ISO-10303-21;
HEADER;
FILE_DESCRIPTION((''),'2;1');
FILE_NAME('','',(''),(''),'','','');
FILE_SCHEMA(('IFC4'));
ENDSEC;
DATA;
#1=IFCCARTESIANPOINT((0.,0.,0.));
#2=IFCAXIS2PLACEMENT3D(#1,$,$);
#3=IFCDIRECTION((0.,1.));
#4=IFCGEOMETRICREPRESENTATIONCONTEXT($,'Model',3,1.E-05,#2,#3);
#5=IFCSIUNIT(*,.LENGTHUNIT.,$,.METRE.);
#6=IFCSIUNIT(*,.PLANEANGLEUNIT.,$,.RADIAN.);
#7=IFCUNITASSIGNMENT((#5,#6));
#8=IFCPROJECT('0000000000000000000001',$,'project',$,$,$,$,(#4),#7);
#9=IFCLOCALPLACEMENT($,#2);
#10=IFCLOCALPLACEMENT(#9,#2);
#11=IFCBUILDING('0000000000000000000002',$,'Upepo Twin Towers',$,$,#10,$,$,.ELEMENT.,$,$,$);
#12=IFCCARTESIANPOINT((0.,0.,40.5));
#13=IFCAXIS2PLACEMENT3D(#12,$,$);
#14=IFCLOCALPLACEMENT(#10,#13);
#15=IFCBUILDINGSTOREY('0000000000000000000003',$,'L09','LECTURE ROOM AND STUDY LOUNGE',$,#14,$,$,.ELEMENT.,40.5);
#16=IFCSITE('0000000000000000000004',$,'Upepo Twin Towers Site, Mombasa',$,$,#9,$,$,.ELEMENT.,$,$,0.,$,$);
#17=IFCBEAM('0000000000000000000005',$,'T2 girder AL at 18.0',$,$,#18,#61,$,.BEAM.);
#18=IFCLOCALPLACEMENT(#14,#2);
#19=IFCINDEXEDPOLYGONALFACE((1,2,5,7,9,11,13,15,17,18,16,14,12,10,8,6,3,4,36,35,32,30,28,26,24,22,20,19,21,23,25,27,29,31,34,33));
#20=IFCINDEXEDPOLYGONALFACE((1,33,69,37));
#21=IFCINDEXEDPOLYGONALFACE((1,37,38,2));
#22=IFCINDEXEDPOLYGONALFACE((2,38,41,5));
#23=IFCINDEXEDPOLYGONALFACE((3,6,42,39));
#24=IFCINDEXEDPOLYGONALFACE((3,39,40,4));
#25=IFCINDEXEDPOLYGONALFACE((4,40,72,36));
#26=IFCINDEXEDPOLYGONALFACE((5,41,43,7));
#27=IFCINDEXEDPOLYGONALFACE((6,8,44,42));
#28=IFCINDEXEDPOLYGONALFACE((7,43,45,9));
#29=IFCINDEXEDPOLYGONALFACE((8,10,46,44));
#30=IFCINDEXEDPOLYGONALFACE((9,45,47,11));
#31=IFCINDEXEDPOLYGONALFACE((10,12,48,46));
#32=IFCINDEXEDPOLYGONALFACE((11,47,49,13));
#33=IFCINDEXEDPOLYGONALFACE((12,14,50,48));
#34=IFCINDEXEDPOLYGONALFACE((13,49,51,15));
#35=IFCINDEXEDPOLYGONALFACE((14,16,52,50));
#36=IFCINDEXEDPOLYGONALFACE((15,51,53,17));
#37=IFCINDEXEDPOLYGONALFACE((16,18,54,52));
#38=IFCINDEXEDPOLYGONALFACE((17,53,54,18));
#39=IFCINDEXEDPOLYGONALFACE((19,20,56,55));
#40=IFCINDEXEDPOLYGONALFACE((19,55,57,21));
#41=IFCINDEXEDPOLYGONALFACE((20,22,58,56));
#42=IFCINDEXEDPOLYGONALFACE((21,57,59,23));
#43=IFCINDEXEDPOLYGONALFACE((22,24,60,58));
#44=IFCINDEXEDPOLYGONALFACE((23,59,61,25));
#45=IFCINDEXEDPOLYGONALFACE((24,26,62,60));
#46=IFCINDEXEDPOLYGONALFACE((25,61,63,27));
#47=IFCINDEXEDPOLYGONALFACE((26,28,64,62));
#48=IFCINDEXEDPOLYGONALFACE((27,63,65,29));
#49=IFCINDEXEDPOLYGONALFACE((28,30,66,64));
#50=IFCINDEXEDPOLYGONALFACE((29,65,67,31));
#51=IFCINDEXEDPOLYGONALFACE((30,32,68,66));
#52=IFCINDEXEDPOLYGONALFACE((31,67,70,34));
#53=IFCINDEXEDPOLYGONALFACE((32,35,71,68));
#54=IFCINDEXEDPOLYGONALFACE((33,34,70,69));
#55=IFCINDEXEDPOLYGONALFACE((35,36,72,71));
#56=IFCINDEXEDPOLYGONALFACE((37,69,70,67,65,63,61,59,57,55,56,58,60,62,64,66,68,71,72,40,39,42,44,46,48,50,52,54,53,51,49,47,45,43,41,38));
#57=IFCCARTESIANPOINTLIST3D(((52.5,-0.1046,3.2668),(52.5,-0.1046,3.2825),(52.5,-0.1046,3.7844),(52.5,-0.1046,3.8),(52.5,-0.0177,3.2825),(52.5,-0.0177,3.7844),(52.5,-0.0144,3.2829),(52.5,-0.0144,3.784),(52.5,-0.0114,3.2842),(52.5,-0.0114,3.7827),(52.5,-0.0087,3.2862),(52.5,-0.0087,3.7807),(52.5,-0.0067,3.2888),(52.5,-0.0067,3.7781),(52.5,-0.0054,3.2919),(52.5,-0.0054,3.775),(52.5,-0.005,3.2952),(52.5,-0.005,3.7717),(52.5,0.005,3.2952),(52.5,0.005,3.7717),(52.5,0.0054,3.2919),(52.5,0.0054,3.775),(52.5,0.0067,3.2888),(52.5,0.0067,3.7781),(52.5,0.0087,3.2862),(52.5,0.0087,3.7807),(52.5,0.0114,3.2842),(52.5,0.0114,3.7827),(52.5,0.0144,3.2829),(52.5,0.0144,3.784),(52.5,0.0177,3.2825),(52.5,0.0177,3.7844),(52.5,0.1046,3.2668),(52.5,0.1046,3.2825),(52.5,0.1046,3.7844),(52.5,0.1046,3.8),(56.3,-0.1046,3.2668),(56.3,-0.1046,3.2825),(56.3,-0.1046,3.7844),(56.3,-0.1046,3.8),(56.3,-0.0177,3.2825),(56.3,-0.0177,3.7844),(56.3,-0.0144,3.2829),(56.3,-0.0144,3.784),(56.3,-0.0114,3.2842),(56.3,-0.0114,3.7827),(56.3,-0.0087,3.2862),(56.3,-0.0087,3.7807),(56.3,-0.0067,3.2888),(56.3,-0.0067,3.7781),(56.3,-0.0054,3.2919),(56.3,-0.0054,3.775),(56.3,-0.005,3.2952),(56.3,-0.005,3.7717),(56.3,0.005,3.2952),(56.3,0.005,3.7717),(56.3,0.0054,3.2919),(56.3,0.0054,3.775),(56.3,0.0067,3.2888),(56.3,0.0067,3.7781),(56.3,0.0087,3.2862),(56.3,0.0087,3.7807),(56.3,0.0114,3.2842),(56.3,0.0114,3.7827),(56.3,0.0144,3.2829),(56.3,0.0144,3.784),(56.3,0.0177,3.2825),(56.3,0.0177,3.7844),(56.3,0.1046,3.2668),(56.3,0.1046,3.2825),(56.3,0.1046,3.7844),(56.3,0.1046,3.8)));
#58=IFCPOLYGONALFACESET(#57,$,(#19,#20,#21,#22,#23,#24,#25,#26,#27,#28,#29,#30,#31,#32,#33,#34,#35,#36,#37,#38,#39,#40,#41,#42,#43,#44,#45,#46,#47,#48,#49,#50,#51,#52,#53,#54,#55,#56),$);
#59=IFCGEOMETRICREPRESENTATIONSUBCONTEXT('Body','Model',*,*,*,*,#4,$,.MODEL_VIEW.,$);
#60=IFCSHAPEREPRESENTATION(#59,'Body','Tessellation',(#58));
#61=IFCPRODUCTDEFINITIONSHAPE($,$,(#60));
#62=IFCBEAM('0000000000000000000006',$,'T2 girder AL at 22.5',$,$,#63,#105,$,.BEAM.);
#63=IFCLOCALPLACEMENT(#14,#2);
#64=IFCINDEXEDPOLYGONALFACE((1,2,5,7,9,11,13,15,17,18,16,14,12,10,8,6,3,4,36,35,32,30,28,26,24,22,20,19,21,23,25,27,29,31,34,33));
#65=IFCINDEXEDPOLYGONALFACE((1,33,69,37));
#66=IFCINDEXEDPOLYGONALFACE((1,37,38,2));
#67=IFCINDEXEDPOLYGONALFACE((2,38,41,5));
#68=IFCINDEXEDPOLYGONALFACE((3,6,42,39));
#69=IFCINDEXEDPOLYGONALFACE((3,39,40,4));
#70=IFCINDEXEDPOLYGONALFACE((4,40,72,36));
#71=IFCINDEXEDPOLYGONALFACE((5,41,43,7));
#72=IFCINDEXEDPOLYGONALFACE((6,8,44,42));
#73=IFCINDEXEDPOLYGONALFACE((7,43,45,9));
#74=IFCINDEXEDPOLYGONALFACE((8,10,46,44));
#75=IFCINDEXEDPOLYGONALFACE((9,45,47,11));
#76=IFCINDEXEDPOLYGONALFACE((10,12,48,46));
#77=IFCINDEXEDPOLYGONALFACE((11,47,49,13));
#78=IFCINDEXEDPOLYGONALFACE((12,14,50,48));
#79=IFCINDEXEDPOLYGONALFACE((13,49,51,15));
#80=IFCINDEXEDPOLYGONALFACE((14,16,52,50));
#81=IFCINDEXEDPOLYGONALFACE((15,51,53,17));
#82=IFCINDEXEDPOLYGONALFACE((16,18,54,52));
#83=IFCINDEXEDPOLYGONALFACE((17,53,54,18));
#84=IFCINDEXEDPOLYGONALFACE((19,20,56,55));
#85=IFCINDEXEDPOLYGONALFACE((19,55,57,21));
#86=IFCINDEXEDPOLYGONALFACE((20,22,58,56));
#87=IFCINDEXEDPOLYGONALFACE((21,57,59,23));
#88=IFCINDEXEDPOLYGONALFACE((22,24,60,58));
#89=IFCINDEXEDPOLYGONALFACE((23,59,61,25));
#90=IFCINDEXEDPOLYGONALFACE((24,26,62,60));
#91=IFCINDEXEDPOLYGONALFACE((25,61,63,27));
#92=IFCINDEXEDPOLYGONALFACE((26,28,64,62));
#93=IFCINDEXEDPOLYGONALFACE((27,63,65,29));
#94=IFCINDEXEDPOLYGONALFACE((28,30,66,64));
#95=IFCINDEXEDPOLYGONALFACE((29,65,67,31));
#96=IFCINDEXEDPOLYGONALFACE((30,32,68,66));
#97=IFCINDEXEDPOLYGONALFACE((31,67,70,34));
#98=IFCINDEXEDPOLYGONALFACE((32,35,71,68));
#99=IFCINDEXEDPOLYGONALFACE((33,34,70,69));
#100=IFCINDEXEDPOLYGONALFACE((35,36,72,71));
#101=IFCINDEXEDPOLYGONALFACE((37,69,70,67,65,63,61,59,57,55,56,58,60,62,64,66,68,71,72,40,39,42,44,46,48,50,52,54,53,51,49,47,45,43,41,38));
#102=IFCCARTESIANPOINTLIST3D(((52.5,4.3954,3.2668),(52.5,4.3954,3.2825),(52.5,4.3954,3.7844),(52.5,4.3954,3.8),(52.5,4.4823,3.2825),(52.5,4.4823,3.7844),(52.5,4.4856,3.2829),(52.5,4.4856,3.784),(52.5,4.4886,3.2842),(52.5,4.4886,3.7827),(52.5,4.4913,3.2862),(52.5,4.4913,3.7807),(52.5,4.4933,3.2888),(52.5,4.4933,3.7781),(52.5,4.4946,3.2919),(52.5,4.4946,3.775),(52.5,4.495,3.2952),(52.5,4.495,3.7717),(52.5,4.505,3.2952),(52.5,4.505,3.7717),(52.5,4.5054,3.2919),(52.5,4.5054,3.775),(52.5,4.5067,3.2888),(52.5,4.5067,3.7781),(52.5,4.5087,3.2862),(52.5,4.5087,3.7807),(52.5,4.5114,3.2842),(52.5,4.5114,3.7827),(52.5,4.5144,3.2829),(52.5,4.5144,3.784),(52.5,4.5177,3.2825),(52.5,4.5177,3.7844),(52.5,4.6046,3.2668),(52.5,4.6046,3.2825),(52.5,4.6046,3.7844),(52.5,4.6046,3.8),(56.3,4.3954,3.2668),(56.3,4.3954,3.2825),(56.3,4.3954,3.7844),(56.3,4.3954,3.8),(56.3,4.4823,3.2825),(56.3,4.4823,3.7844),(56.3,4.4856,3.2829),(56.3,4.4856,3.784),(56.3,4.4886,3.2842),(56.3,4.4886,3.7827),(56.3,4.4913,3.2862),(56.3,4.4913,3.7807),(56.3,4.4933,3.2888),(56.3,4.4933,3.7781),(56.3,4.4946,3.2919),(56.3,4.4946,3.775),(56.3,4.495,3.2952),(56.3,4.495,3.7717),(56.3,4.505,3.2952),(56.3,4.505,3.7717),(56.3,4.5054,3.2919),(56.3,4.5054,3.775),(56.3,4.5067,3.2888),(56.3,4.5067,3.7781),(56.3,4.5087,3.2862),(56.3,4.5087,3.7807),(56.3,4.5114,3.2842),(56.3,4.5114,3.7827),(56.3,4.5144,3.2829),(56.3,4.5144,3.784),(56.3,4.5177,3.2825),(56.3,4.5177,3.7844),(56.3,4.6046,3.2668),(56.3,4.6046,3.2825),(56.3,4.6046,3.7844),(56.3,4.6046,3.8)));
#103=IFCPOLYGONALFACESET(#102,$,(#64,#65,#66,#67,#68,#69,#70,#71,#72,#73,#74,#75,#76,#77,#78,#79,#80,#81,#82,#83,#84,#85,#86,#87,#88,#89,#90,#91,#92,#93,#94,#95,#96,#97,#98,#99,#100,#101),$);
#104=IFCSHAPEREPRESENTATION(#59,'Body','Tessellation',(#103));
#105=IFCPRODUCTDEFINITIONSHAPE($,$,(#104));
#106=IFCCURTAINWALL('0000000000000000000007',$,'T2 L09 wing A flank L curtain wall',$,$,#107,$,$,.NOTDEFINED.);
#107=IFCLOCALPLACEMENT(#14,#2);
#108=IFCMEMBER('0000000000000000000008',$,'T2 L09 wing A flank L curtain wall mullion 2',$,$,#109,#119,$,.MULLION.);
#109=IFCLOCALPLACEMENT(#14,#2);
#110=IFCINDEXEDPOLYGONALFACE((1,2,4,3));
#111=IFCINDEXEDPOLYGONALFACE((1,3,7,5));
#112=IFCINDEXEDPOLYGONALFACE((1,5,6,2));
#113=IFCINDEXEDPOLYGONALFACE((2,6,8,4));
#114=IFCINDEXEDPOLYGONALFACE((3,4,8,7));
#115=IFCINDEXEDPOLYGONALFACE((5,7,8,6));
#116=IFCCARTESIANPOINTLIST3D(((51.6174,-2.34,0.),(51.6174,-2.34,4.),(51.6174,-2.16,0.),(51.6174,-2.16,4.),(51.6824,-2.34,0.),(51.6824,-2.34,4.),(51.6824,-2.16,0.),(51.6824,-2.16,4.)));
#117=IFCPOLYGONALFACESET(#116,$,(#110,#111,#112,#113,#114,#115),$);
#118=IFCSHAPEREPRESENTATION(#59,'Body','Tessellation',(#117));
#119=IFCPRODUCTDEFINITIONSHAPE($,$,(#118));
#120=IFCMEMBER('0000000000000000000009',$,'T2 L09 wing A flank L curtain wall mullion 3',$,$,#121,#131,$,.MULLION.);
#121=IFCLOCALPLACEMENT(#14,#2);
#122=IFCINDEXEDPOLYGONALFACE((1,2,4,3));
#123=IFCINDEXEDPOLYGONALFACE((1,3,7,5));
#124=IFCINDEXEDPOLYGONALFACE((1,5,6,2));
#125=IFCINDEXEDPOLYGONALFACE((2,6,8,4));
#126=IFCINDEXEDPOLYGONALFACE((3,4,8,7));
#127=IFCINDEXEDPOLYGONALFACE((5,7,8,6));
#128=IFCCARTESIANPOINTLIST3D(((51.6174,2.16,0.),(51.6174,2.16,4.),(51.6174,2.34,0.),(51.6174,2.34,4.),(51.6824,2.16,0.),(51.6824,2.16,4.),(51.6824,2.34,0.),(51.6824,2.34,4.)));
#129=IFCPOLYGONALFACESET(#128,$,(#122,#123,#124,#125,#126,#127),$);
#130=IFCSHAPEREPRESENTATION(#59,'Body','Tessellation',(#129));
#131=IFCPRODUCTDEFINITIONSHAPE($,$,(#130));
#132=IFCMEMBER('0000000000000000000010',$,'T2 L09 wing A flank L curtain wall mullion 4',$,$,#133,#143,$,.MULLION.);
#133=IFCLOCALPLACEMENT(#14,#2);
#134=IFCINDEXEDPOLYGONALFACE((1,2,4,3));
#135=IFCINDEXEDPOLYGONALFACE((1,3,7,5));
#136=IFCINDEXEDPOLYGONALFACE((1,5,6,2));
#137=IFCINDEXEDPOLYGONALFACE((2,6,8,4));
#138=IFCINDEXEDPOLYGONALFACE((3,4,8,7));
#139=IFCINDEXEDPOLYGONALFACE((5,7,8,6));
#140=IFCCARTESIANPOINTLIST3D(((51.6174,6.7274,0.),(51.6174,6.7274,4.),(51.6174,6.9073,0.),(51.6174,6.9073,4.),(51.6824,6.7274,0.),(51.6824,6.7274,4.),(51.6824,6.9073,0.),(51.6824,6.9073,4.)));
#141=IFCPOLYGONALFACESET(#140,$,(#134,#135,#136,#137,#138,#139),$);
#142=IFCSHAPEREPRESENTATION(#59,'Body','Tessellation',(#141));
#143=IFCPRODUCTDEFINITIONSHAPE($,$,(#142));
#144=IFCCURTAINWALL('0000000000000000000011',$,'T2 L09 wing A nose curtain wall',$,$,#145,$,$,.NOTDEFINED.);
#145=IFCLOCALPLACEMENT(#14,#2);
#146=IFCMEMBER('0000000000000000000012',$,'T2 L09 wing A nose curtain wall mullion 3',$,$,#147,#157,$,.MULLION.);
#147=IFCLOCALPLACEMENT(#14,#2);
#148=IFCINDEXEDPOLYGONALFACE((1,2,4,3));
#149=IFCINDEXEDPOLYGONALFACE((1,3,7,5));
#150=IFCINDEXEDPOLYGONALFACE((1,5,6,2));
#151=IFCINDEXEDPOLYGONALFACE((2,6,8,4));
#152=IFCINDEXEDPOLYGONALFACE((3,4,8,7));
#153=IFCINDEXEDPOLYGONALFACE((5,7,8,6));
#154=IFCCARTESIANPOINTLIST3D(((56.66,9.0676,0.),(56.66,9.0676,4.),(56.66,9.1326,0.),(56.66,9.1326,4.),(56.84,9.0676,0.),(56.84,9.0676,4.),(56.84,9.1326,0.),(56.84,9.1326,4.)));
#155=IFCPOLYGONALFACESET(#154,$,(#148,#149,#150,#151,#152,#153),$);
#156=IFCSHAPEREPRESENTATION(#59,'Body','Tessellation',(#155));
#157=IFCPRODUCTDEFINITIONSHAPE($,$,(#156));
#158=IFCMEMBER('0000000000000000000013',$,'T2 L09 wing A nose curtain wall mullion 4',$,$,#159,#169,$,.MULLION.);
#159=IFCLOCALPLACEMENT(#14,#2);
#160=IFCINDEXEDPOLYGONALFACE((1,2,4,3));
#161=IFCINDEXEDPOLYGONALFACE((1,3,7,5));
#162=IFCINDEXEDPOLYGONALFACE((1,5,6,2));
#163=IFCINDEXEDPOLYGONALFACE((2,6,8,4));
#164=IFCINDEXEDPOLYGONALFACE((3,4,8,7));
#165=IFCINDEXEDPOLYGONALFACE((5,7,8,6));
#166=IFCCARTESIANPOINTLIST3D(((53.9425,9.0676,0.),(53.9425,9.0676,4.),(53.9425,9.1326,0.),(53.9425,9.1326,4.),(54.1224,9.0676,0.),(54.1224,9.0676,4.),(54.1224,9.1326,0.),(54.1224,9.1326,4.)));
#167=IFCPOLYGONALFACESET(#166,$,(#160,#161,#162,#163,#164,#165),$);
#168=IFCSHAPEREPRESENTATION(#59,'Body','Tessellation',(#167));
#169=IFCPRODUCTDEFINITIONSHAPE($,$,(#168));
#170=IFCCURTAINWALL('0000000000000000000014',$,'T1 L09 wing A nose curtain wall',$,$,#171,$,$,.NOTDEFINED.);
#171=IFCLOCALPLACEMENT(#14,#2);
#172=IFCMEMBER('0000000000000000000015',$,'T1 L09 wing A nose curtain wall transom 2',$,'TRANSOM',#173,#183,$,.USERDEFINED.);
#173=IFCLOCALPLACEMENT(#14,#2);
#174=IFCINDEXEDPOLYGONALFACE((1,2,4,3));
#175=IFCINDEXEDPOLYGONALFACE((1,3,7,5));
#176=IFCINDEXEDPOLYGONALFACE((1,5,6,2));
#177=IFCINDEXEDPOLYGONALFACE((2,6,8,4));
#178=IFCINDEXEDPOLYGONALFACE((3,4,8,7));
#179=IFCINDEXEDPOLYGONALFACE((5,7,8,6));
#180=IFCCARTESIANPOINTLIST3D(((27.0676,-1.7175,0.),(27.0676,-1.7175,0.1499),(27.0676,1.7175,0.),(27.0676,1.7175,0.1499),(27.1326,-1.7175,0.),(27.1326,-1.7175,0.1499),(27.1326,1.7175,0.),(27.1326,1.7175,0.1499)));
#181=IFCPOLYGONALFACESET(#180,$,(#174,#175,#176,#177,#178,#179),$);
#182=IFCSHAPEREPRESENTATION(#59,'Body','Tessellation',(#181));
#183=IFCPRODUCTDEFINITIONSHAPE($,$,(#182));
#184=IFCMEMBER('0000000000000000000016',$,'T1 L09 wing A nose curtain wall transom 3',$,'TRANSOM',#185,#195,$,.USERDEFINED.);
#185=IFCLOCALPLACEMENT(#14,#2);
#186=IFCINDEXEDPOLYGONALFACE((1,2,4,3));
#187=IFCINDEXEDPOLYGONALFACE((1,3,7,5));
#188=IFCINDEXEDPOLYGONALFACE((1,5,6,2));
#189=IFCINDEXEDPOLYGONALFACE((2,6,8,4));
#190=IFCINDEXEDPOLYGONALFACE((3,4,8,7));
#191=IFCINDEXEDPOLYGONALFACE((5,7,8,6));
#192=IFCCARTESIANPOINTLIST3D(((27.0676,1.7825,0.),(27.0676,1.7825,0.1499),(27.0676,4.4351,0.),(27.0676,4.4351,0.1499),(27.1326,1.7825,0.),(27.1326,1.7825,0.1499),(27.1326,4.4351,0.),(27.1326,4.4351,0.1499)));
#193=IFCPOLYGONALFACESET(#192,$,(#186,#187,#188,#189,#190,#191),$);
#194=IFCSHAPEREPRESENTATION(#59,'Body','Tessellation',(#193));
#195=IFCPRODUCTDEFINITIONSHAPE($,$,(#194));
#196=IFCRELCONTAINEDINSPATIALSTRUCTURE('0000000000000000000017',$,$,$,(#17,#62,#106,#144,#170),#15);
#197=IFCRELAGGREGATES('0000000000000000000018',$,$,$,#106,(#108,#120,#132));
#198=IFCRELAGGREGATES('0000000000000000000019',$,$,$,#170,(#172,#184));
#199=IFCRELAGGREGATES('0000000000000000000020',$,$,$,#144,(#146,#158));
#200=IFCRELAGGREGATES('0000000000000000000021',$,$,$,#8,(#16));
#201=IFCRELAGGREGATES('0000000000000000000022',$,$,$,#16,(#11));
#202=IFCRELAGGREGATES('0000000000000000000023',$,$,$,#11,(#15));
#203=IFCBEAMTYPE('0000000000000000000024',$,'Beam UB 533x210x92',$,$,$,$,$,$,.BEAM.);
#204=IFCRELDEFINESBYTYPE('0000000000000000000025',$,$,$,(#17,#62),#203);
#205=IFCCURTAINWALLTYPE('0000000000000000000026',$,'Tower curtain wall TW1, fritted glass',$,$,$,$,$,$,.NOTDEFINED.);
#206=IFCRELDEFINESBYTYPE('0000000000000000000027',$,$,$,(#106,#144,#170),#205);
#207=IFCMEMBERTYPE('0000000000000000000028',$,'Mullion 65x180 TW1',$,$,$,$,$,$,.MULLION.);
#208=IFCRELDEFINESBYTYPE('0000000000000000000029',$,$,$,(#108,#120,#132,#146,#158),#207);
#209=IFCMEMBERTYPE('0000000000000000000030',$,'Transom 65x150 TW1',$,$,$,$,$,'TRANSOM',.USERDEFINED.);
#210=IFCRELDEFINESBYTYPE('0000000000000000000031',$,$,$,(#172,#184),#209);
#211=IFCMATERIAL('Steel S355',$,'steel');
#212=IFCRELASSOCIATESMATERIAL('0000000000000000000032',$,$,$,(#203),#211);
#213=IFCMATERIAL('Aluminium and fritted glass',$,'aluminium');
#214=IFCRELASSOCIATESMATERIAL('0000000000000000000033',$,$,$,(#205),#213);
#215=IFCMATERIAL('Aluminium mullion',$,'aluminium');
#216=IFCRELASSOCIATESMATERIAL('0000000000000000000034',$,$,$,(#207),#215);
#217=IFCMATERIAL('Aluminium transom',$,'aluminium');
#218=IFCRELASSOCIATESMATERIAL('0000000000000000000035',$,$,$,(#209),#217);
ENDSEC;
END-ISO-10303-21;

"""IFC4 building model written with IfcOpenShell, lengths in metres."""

from ifc_helpers import new_model, si_unit, direction, frame, origin, origin_2d, place, context, subcontext, project, spatial, rectangle, i_section, extrude, material, material_profile, profile_set, type_object, element, aggregate, save


model = new_model("IFC4")

# Units and contexts
model_context = context("Model", 3, precision=1e-05, world=origin(), true_north=direction((0.0, 1.0)))
body_context = subcontext(model_context, "Body", "Model", "MODEL_VIEW")
ifc_project = project(units=[si_unit("LENGTHUNIT", "METRE"), si_unit("PLANEANGLEUNIT", "RADIAN")], contexts=[model_context])

# Site, building, storey
site_placement = place(None, origin())
site = spatial("IfcSite", under=ifc_project, at=site_placement, Name="Upepo Twin Towers Site, Mombasa", CompositionType="ELEMENT", RefElevation=0.0)
building_placement = place(site_placement, origin())
building = spatial("IfcBuilding", under=site, at=building_placement, Name="Upepo Twin Towers", CompositionType="ELEMENT")
storey_placement = place(building_placement, frame((0.0, 0.0, 40.5)))
storey = spatial("IfcBuildingStorey", under=building, at=storey_placement, Name="L09", Description="LECTURE ROOM AND STUDY LOUNGE", CompositionType="ELEMENT", Elevation=40.5)

# Beams
ifc_material_1 = material(Name="Steel S355", Category="steel")
ifc_material_profile_1 = material_profile(ifc_material_1, i_section(OverallWidth=0.2092, OverallDepth=0.5332, WebThickness=0.01, FlangeThickness=0.0156, FilletRadius=0.0127, at=origin_2d()), Name="UB 533x210x92")
ifc_profile_set_1 = profile_set([ifc_material_profile_1], Name="Steel S355")
beam_type_1 = type_object("IfcBeamType", Name="Beam UB 533x210x92", PredefinedType="BEAM", material=ifc_profile_set_1)
for number, where, z_axis, x_axis, name in (
    (1, (52.5, 0.0, 3.5334), (1.0, 0.0, 0.0), (0.0, 1.0, 0.0), "T2 girder AL at 18.0"),
    (2, (52.5, 4.5, 3.5334), (1.0, 0.0, 0.0), (0.0, 1.0, 0.0), "T2 girder AL at 22.5"),
):
    element("IfcBeam", number, at=place(storey_placement, frame(where, z_axis=z_axis, x_axis=x_axis)), inside=storey, type_object=beam_type_1, Name=name, PredefinedType="BEAM", context=body_context, shape_type="SweptSolid", body=[
        extrude(i_section(OverallWidth=0.2092, OverallDepth=0.5332, WebThickness=0.01, FlangeThickness=0.0156, FilletRadius=0.0127, at=origin_2d()), origin(), (0.0, 0.0, 1.0), 3.8),
    ])

# Curtain walls, members
ifc_material_2 = material(Name="Aluminium and fritted glass", Category="aluminium")
curtain_wall_type = type_object("IfcCurtainWallType", Name="Tower curtain wall TW1, fritted glass", PredefinedType="NOTDEFINED", material=ifc_material_2)
curtain_wall_1_placement = place(storey_placement, origin())
curtain_wall_1 = element("IfcCurtainWall", 3, at=curtain_wall_1_placement, inside=storey, type_object=curtain_wall_type, Name="T2 L09 wing A flank L curtain wall", PredefinedType="NOTDEFINED")
ifc_material_3 = material(Name="Aluminium mullion", Category="aluminium")
ifc_material_profile_2 = material_profile(ifc_material_3, rectangle(XDim=0.0649, YDim=0.1799, at=origin_2d()), Name="MULLION 65x180")
ifc_profile_set_2 = profile_set([ifc_material_profile_2], Name="Aluminium mullion")
member_type_1 = type_object("IfcMemberType", Name="Mullion 65x180 TW1", PredefinedType="MULLION", material=ifc_profile_set_2)
member_1_placement = place(storey_placement, frame((51.6499, -2.25, 0.0), z_axis=(0.0, 0.0, 1.0), x_axis=(-1.0, 0.0, 0.0)))
member_1 = element("IfcMember", 4, at=member_1_placement, type_object=member_type_1, Name="T2 L09 wing A flank L curtain wall mullion 2", PredefinedType="MULLION", context=body_context, shape_type="SweptSolid", body=[
    extrude(rectangle(XDim=0.0649, YDim=0.1799, at=origin_2d()), origin(), (0.0, 0.0, 1.0), 4.0),
])
member_2_placement = place(storey_placement, frame((51.6499, 2.25, 0.0), z_axis=(0.0, 0.0, 1.0), x_axis=(-1.0, 0.0, 0.0)))
member_2 = element("IfcMember", 5, at=member_2_placement, type_object=member_type_1, Name="T2 L09 wing A flank L curtain wall mullion 3", PredefinedType="MULLION", context=body_context, shape_type="SweptSolid", body=[
    extrude(rectangle(XDim=0.0649, YDim=0.1799, at=origin_2d()), origin(), (0.0, 0.0, 1.0), 4.0),
])
member_3_placement = place(storey_placement, frame((51.6499, 6.8174, 0.0), z_axis=(0.0, 0.0, 1.0), x_axis=(-1.0, 0.0, 0.0)))
member_3 = element("IfcMember", 6, at=member_3_placement, type_object=member_type_1, Name="T2 L09 wing A flank L curtain wall mullion 4", PredefinedType="MULLION", context=body_context, shape_type="SweptSolid", body=[
    extrude(rectangle(XDim=0.0649, YDim=0.1799, at=origin_2d()), origin(), (0.0, 0.0, 1.0), 4.0),
])
curtain_wall_2_placement = place(storey_placement, origin())
curtain_wall_2 = element("IfcCurtainWall", 7, at=curtain_wall_2_placement, inside=storey, type_object=curtain_wall_type, Name="T2 L09 wing A nose curtain wall", PredefinedType="NOTDEFINED")
member_4_placement = place(storey_placement, frame((56.75, 9.1001, 0.0), z_axis=(0.0, 0.0, 1.0), x_axis=(0.0, -1.0, 0.0)))
member_4 = element("IfcMember", 8, at=member_4_placement, type_object=member_type_1, Name="T2 L09 wing A nose curtain wall mullion 3", PredefinedType="MULLION", context=body_context, shape_type="SweptSolid", body=[
    extrude(rectangle(XDim=0.0649, YDim=0.1799, at=origin_2d()), origin(), (0.0, 0.0, 1.0), 4.0),
])
member_5_placement = place(storey_placement, frame((54.0325, 9.1001, 0.0), z_axis=(0.0, 0.0, 1.0), x_axis=(0.0, -1.0, 0.0)))
member_5 = element("IfcMember", 9, at=member_5_placement, type_object=member_type_1, Name="T2 L09 wing A nose curtain wall mullion 4", PredefinedType="MULLION", context=body_context, shape_type="SweptSolid", body=[
    extrude(rectangle(XDim=0.0649, YDim=0.1799, at=origin_2d()), origin(), (0.0, 0.0, 1.0), 4.0),
])
curtain_wall_3_placement = place(storey_placement, origin())
curtain_wall_3 = element("IfcCurtainWall", 10, at=curtain_wall_3_placement, inside=storey, type_object=curtain_wall_type, Name="T1 L09 wing A nose curtain wall", PredefinedType="NOTDEFINED")
ifc_material_4 = material(Name="Aluminium transom", Category="aluminium")
ifc_material_profile_3 = material_profile(ifc_material_4, rectangle(XDim=0.0649, YDim=0.1499, at=origin_2d()), Name="TRANSOM 65x150")
ifc_profile_set_3 = profile_set([ifc_material_profile_3], Name="Aluminium transom")
member_type_2 = type_object("IfcMemberType", Name="Transom 65x150 TW1", ElementType="TRANSOM", PredefinedType="USERDEFINED", material=ifc_profile_set_3)
member_6_placement = place(storey_placement, frame((27.1001, -1.7175, 0.075), z_axis=(0.0, 1.0, 0.0), x_axis=(-1.0, 0.0, 0.0)))
member_6 = element("IfcMember", 11, at=member_6_placement, type_object=member_type_2, Name="T1 L09 wing A nose curtain wall transom 2", ObjectType="TRANSOM", PredefinedType="USERDEFINED", context=body_context, shape_type="SweptSolid", body=[
    extrude(rectangle(XDim=0.0649, YDim=0.1499, at=origin_2d()), origin(), (0.0, 0.0, 1.0), 3.4351),
])
member_7_placement = place(storey_placement, frame((27.1001, 1.7825, 0.075), z_axis=(0.0, 1.0, 0.0), x_axis=(-1.0, 0.0, 0.0)))
member_7 = element("IfcMember", 12, at=member_7_placement, type_object=member_type_2, Name="T1 L09 wing A nose curtain wall transom 3", ObjectType="TRANSOM", PredefinedType="USERDEFINED", context=body_context, shape_type="SweptSolid", body=[
    extrude(rectangle(XDim=0.0649, YDim=0.1499, at=origin_2d()), origin(), (0.0, 0.0, 1.0), 2.6526),
])

aggregate(curtain_wall_1, [member_1, member_2, member_3])
aggregate(curtain_wall_3, [member_6, member_7])
aggregate(curtain_wall_2, [member_4, member_5])

save(model, "model.ifc")
